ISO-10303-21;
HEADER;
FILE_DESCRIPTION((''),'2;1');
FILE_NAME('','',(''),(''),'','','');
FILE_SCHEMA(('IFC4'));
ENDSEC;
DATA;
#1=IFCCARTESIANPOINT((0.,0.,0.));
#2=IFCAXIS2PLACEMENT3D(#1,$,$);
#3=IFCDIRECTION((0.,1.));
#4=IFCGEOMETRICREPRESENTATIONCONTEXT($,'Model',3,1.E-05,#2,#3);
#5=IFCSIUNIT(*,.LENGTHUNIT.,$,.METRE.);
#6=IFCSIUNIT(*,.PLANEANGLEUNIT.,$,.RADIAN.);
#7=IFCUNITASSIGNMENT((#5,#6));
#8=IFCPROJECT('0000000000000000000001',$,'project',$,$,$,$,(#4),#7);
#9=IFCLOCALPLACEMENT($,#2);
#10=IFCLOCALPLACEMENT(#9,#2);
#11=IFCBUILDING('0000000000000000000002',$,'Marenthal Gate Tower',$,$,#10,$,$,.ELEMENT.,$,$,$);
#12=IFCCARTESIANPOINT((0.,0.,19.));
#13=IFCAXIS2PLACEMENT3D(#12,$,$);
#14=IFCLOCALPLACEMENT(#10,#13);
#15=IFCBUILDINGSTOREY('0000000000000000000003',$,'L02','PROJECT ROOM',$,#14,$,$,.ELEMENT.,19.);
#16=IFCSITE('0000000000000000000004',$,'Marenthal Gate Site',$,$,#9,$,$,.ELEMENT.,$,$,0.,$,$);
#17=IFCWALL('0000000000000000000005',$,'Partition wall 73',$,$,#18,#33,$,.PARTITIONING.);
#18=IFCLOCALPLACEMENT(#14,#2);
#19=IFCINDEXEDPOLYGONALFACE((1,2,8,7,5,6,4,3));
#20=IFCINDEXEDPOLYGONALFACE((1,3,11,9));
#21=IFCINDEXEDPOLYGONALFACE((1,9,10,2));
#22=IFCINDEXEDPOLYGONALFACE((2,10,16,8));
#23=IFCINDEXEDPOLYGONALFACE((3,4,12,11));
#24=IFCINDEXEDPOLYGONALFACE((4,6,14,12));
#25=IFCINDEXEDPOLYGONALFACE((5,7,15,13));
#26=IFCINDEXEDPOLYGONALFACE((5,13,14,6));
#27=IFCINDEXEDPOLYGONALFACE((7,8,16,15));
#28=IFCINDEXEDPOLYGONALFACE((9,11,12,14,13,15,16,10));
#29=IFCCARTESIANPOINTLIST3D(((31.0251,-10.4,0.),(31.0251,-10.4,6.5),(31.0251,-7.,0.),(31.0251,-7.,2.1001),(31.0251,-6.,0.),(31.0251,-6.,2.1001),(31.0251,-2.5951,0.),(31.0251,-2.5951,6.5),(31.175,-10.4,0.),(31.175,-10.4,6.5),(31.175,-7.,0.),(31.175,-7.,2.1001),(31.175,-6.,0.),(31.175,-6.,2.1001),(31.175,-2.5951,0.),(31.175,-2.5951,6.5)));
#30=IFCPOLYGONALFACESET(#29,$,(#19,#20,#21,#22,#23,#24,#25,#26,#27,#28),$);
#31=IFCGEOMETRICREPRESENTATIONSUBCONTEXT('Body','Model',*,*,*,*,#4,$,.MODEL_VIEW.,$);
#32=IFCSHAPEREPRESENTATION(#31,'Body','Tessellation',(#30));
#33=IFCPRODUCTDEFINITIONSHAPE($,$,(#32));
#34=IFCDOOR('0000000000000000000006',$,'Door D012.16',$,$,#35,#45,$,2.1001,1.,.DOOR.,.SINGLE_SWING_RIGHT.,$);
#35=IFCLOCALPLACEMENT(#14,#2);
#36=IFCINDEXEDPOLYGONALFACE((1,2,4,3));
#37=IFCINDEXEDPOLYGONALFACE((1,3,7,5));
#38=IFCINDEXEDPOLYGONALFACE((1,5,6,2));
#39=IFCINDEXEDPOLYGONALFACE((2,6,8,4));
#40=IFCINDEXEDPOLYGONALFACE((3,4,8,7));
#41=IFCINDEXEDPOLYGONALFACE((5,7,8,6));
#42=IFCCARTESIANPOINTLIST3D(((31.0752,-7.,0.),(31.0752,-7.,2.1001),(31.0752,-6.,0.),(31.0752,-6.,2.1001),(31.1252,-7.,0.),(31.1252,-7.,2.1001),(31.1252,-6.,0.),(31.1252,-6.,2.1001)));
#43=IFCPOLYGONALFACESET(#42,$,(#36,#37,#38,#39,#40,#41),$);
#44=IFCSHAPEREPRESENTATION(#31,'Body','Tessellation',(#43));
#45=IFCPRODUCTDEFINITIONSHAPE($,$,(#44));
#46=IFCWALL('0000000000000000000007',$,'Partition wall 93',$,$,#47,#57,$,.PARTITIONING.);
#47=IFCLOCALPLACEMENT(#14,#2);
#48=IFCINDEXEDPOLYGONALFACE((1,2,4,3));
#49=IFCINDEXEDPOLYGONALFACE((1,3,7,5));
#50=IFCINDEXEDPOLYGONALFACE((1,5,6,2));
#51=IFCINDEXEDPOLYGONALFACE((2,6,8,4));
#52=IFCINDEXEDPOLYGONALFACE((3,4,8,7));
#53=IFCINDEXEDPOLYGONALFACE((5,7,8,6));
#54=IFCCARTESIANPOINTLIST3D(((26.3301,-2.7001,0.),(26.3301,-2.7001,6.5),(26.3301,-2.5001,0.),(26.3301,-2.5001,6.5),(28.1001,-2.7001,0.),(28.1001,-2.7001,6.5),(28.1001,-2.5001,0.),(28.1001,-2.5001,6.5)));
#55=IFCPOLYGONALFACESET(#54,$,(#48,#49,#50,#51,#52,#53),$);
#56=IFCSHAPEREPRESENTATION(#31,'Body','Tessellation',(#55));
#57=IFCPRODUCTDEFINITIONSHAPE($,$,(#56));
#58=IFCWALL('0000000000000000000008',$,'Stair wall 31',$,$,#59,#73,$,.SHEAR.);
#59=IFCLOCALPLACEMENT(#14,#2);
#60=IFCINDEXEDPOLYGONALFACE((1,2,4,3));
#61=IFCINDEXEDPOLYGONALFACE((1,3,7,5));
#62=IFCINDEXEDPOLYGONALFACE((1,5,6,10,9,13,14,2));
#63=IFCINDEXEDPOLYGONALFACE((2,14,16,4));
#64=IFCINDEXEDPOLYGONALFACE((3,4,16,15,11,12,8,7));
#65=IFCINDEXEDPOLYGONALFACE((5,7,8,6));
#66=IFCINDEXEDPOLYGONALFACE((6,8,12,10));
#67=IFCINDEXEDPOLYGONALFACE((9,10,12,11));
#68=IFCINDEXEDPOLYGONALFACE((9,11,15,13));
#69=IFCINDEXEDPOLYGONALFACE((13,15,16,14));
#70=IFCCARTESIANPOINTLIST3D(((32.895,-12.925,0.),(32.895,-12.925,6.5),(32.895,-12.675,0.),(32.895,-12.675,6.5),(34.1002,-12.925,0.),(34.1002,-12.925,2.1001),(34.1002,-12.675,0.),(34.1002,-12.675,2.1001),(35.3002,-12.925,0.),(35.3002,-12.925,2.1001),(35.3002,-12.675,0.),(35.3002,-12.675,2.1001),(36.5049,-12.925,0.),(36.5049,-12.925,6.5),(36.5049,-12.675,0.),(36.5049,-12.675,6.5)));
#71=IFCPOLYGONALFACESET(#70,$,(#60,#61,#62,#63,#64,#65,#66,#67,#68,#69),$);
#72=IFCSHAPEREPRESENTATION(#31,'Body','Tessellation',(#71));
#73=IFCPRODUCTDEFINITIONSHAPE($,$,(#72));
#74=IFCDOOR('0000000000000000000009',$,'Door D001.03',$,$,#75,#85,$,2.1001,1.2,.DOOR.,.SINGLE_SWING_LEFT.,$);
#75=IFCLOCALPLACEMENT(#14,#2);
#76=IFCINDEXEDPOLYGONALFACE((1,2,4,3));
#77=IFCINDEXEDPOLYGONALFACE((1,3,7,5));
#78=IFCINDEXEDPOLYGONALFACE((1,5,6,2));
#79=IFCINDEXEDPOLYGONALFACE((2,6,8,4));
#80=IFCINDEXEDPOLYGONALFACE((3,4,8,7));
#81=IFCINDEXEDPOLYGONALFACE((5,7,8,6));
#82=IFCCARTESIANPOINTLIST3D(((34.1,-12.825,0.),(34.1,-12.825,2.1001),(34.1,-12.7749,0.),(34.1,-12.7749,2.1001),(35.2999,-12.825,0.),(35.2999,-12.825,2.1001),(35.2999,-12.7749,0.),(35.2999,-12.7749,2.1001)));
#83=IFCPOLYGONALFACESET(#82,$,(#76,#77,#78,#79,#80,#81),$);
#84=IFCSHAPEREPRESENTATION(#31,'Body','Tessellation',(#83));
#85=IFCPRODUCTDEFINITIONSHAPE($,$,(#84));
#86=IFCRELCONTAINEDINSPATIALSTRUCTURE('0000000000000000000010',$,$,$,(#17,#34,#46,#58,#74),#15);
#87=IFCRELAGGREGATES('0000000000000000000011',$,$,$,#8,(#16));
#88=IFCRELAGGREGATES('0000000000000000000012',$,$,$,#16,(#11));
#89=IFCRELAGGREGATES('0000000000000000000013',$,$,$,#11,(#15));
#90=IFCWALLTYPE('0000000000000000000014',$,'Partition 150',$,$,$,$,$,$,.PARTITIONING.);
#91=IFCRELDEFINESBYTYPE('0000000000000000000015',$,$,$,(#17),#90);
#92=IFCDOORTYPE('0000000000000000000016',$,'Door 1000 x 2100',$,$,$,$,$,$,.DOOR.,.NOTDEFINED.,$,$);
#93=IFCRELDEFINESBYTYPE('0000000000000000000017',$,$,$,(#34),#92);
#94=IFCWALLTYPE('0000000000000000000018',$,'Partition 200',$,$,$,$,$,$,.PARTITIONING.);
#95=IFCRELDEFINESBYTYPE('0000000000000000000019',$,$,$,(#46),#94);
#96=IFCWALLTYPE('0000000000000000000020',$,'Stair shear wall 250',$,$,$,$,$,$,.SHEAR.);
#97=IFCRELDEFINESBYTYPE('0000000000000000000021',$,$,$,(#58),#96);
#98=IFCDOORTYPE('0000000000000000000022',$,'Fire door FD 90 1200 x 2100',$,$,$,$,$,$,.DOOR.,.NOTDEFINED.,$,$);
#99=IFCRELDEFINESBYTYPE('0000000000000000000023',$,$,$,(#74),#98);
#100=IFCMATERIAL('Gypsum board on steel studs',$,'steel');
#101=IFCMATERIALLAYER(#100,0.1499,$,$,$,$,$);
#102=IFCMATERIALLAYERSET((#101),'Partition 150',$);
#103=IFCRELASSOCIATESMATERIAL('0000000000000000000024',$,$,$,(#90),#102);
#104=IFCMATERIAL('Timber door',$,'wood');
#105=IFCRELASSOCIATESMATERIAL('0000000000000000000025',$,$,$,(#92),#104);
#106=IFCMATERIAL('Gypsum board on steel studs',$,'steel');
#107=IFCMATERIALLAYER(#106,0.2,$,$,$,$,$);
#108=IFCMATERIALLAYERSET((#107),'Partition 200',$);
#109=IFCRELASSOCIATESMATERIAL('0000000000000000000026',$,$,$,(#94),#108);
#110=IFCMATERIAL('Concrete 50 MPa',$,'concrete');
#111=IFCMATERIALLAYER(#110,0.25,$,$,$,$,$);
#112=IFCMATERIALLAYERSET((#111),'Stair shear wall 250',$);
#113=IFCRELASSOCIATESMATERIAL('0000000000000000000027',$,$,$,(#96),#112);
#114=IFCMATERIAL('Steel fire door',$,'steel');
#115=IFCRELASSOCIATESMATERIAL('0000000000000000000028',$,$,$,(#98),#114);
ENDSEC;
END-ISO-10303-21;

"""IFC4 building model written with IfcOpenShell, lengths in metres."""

from ifc_helpers import new_model, si_unit, direction, frame, frame_2d, origin, place, context, subcontext, project, spatial, rectangle, extrude, material, layer, layer_set, type_object, element, fill, save


model = new_model("IFC4")

# Units and contexts
model_context = context("Model", 3, precision=1e-05, world=origin(), true_north=direction((0.0, 1.0)))
body_context = subcontext(model_context, "Body", "Model", "MODEL_VIEW")
ifc_project = project(units=[si_unit("LENGTHUNIT", "METRE"), si_unit("PLANEANGLEUNIT", "RADIAN")], contexts=[model_context])

# Site, building, storey
site_placement = place(None, origin())
site = spatial("IfcSite", under=ifc_project, at=site_placement, Name="Marenthal Gate Site", CompositionType="ELEMENT", RefElevation=0.0)
building_placement = place(site_placement, origin())
building = spatial("IfcBuilding", under=site, at=building_placement, Name="Marenthal Gate Tower", CompositionType="ELEMENT")
storey_placement = place(building_placement, frame((0.0, 0.0, 19.0)))
storey = spatial("IfcBuildingStorey", under=building, at=storey_placement, Name="L02", Description="PROJECT ROOM", CompositionType="ELEMENT", Elevation=19.0)

# Shared definitions
ifc_material_1 = material(Name="Gypsum board on steel studs", Category="steel")
ifc_layer_1 = layer(ifc_material_1, 0.1499)
ifc_layer_set_1 = layer_set([ifc_layer_1], Name="Partition 150")
wall_type_1 = type_object("IfcWallType", Name="Partition 150", PredefinedType="PARTITIONING", material=ifc_layer_set_1)

# Shared definitions
ifc_material_2 = material(Name="Timber door", Category="wood")
door_type_1 = type_object("IfcDoorType", Name="Door 1000 x 2100", OperationType="NOTDEFINED", PredefinedType="DOOR", material=ifc_material_2)

# Wall, opening, door
wall_1_placement = place(storey_placement, frame((31.1001, -10.3999, 0.0), z_axis=(0.0, 0.0, 1.0), x_axis=(0.0, 1.0, 0.0)))
wall_1 = element("IfcWall", 1, at=wall_1_placement, inside=storey, type_object=wall_type_1, Name="Partition wall 73", PredefinedType="PARTITIONING", context=body_context, shape_type="SweptSolid", body=[
    extrude(rectangle(XDim=7.8049, YDim=0.1499, at=frame_2d((3.9023, 0.0))), origin(), (0.0, 0.0, 1.0), 6.5),
])
opening_1_placement = place(wall_1_placement, frame((3.3999, 0.0, 0.0)))
opening_1 = element("IfcOpeningElement", 2, at=opening_1_placement, cuts=wall_1, PredefinedType="OPENING", context=body_context, shape_type="SweptSolid", body=[
    extrude(rectangle(XDim=1.0, YDim=2.1001, at=frame_2d((0.5, 1.05))), frame((0.0, 0.085, 0.0), z_axis=(0.0, -1.0, 0.0), x_axis=(1.0, 0.0, 0.0)), (0.0, 0.0, 1.0), 0.1699),
])
door_1_placement = place(opening_1_placement, origin())
door_1 = element("IfcDoor", 3, at=door_1_placement, inside=storey, type_object=door_type_1, Name="Door D012.16", OperationType="SINGLE_SWING_RIGHT", OverallHeight=2.1001, OverallWidth=1.0, PredefinedType="DOOR", context=body_context, shape_type="SweptSolid", body=[
    extrude(rectangle(XDim=1.0, YDim=2.1001, at=frame_2d((0.5, 1.05))), frame((0.0, 0.0249, 0.0), z_axis=(0.0, -1.0, 0.0), x_axis=(1.0, 0.0, 0.0)), (0.0, 0.0, 1.0), 0.05),
])
fill(opening_1, door_1)

# Wall
ifc_material_3 = material(Name="Gypsum board on steel studs", Category="steel")
ifc_layer_2 = layer(ifc_material_3, 0.2)
ifc_layer_set_2 = layer_set([ifc_layer_2], Name="Partition 200")
wall_type_2 = type_object("IfcWallType", Name="Partition 200", PredefinedType="PARTITIONING", material=ifc_layer_set_2)
wall_2_placement = place(storey_placement, frame((26.3301, -2.6001, 0.0), z_axis=(0.0, 0.0, 1.0), x_axis=(1.0, 0.0, 0.0)))
element("IfcWall", 4, at=wall_2_placement, inside=storey, type_object=wall_type_2, Name="Partition wall 93", PredefinedType="PARTITIONING", context=body_context, shape_type="SweptSolid", body=[
    extrude(rectangle(XDim=1.77, YDim=0.2, at=frame_2d((0.885, 0.0))), origin(), (0.0, 0.0, 1.0), 6.5),
])

# Wall, opening, door
ifc_material_4 = material(Name="Concrete 50 MPa", Category="concrete")
ifc_layer_3 = layer(ifc_material_4, 0.25)
ifc_layer_set_3 = layer_set([ifc_layer_3], Name="Stair shear wall 250")
wall_type_3 = type_object("IfcWallType", Name="Stair shear wall 250", PredefinedType="SHEAR", material=ifc_layer_set_3)
wall_3_placement = place(storey_placement, frame((32.895, -12.8, 0.0), z_axis=(0.0, 0.0, 1.0), x_axis=(1.0, 0.0, 0.0)))
wall_3 = element("IfcWall", 5, at=wall_3_placement, inside=storey, type_object=wall_type_3, Name="Stair wall 31", PredefinedType="SHEAR", context=body_context, shape_type="SweptSolid", body=[
    extrude(rectangle(XDim=3.6099, YDim=0.25, at=frame_2d((1.8049, 0.0))), origin(), (0.0, 0.0, 1.0), 6.5),
])
opening_2_placement = place(wall_3_placement, frame((1.2051, 0.0, 0.0)))
opening_2 = element("IfcOpeningElement", 6, at=opening_2_placement, cuts=wall_3, PredefinedType="OPENING", context=body_context, shape_type="SweptSolid", body=[
    extrude(rectangle(XDim=1.2, YDim=2.1001, at=frame_2d((0.6001, 1.05))), frame((0.0, 0.135, 0.0), z_axis=(0.0, -1.0, 0.0), x_axis=(1.0, 0.0, 0.0)), (0.0, 0.0, 1.0), 0.27),
])
ifc_material_5 = material(Name="Steel fire door", Category="steel")
door_type_2 = type_object("IfcDoorType", Name="Fire door FD 90 1200 x 2100", OperationType="NOTDEFINED", PredefinedType="DOOR", material=ifc_material_5)
door_2_placement = place(opening_2_placement, frame((1.2, 0.0, 0.0), z_axis=(0.0, 0.0, 1.0), x_axis=(-1.0, 0.0, 0.0)))
door_2 = element("IfcDoor", 7, at=door_2_placement, inside=storey, type_object=door_type_2, Name="Door D001.03", OperationType="SINGLE_SWING_LEFT", OverallHeight=2.1001, OverallWidth=1.2, PredefinedType="DOOR", context=body_context, shape_type="SweptSolid", body=[
    extrude(rectangle(XDim=1.2, YDim=2.1001, at=frame_2d((0.6001, 1.05))), frame((0.0, 0.0249, 0.0), z_axis=(0.0, -1.0, 0.0), x_axis=(1.0, 0.0, 0.0)), (0.0, 0.0, 1.0), 0.05),
])
fill(opening_2, door_2)

save(model, "model.ifc")
